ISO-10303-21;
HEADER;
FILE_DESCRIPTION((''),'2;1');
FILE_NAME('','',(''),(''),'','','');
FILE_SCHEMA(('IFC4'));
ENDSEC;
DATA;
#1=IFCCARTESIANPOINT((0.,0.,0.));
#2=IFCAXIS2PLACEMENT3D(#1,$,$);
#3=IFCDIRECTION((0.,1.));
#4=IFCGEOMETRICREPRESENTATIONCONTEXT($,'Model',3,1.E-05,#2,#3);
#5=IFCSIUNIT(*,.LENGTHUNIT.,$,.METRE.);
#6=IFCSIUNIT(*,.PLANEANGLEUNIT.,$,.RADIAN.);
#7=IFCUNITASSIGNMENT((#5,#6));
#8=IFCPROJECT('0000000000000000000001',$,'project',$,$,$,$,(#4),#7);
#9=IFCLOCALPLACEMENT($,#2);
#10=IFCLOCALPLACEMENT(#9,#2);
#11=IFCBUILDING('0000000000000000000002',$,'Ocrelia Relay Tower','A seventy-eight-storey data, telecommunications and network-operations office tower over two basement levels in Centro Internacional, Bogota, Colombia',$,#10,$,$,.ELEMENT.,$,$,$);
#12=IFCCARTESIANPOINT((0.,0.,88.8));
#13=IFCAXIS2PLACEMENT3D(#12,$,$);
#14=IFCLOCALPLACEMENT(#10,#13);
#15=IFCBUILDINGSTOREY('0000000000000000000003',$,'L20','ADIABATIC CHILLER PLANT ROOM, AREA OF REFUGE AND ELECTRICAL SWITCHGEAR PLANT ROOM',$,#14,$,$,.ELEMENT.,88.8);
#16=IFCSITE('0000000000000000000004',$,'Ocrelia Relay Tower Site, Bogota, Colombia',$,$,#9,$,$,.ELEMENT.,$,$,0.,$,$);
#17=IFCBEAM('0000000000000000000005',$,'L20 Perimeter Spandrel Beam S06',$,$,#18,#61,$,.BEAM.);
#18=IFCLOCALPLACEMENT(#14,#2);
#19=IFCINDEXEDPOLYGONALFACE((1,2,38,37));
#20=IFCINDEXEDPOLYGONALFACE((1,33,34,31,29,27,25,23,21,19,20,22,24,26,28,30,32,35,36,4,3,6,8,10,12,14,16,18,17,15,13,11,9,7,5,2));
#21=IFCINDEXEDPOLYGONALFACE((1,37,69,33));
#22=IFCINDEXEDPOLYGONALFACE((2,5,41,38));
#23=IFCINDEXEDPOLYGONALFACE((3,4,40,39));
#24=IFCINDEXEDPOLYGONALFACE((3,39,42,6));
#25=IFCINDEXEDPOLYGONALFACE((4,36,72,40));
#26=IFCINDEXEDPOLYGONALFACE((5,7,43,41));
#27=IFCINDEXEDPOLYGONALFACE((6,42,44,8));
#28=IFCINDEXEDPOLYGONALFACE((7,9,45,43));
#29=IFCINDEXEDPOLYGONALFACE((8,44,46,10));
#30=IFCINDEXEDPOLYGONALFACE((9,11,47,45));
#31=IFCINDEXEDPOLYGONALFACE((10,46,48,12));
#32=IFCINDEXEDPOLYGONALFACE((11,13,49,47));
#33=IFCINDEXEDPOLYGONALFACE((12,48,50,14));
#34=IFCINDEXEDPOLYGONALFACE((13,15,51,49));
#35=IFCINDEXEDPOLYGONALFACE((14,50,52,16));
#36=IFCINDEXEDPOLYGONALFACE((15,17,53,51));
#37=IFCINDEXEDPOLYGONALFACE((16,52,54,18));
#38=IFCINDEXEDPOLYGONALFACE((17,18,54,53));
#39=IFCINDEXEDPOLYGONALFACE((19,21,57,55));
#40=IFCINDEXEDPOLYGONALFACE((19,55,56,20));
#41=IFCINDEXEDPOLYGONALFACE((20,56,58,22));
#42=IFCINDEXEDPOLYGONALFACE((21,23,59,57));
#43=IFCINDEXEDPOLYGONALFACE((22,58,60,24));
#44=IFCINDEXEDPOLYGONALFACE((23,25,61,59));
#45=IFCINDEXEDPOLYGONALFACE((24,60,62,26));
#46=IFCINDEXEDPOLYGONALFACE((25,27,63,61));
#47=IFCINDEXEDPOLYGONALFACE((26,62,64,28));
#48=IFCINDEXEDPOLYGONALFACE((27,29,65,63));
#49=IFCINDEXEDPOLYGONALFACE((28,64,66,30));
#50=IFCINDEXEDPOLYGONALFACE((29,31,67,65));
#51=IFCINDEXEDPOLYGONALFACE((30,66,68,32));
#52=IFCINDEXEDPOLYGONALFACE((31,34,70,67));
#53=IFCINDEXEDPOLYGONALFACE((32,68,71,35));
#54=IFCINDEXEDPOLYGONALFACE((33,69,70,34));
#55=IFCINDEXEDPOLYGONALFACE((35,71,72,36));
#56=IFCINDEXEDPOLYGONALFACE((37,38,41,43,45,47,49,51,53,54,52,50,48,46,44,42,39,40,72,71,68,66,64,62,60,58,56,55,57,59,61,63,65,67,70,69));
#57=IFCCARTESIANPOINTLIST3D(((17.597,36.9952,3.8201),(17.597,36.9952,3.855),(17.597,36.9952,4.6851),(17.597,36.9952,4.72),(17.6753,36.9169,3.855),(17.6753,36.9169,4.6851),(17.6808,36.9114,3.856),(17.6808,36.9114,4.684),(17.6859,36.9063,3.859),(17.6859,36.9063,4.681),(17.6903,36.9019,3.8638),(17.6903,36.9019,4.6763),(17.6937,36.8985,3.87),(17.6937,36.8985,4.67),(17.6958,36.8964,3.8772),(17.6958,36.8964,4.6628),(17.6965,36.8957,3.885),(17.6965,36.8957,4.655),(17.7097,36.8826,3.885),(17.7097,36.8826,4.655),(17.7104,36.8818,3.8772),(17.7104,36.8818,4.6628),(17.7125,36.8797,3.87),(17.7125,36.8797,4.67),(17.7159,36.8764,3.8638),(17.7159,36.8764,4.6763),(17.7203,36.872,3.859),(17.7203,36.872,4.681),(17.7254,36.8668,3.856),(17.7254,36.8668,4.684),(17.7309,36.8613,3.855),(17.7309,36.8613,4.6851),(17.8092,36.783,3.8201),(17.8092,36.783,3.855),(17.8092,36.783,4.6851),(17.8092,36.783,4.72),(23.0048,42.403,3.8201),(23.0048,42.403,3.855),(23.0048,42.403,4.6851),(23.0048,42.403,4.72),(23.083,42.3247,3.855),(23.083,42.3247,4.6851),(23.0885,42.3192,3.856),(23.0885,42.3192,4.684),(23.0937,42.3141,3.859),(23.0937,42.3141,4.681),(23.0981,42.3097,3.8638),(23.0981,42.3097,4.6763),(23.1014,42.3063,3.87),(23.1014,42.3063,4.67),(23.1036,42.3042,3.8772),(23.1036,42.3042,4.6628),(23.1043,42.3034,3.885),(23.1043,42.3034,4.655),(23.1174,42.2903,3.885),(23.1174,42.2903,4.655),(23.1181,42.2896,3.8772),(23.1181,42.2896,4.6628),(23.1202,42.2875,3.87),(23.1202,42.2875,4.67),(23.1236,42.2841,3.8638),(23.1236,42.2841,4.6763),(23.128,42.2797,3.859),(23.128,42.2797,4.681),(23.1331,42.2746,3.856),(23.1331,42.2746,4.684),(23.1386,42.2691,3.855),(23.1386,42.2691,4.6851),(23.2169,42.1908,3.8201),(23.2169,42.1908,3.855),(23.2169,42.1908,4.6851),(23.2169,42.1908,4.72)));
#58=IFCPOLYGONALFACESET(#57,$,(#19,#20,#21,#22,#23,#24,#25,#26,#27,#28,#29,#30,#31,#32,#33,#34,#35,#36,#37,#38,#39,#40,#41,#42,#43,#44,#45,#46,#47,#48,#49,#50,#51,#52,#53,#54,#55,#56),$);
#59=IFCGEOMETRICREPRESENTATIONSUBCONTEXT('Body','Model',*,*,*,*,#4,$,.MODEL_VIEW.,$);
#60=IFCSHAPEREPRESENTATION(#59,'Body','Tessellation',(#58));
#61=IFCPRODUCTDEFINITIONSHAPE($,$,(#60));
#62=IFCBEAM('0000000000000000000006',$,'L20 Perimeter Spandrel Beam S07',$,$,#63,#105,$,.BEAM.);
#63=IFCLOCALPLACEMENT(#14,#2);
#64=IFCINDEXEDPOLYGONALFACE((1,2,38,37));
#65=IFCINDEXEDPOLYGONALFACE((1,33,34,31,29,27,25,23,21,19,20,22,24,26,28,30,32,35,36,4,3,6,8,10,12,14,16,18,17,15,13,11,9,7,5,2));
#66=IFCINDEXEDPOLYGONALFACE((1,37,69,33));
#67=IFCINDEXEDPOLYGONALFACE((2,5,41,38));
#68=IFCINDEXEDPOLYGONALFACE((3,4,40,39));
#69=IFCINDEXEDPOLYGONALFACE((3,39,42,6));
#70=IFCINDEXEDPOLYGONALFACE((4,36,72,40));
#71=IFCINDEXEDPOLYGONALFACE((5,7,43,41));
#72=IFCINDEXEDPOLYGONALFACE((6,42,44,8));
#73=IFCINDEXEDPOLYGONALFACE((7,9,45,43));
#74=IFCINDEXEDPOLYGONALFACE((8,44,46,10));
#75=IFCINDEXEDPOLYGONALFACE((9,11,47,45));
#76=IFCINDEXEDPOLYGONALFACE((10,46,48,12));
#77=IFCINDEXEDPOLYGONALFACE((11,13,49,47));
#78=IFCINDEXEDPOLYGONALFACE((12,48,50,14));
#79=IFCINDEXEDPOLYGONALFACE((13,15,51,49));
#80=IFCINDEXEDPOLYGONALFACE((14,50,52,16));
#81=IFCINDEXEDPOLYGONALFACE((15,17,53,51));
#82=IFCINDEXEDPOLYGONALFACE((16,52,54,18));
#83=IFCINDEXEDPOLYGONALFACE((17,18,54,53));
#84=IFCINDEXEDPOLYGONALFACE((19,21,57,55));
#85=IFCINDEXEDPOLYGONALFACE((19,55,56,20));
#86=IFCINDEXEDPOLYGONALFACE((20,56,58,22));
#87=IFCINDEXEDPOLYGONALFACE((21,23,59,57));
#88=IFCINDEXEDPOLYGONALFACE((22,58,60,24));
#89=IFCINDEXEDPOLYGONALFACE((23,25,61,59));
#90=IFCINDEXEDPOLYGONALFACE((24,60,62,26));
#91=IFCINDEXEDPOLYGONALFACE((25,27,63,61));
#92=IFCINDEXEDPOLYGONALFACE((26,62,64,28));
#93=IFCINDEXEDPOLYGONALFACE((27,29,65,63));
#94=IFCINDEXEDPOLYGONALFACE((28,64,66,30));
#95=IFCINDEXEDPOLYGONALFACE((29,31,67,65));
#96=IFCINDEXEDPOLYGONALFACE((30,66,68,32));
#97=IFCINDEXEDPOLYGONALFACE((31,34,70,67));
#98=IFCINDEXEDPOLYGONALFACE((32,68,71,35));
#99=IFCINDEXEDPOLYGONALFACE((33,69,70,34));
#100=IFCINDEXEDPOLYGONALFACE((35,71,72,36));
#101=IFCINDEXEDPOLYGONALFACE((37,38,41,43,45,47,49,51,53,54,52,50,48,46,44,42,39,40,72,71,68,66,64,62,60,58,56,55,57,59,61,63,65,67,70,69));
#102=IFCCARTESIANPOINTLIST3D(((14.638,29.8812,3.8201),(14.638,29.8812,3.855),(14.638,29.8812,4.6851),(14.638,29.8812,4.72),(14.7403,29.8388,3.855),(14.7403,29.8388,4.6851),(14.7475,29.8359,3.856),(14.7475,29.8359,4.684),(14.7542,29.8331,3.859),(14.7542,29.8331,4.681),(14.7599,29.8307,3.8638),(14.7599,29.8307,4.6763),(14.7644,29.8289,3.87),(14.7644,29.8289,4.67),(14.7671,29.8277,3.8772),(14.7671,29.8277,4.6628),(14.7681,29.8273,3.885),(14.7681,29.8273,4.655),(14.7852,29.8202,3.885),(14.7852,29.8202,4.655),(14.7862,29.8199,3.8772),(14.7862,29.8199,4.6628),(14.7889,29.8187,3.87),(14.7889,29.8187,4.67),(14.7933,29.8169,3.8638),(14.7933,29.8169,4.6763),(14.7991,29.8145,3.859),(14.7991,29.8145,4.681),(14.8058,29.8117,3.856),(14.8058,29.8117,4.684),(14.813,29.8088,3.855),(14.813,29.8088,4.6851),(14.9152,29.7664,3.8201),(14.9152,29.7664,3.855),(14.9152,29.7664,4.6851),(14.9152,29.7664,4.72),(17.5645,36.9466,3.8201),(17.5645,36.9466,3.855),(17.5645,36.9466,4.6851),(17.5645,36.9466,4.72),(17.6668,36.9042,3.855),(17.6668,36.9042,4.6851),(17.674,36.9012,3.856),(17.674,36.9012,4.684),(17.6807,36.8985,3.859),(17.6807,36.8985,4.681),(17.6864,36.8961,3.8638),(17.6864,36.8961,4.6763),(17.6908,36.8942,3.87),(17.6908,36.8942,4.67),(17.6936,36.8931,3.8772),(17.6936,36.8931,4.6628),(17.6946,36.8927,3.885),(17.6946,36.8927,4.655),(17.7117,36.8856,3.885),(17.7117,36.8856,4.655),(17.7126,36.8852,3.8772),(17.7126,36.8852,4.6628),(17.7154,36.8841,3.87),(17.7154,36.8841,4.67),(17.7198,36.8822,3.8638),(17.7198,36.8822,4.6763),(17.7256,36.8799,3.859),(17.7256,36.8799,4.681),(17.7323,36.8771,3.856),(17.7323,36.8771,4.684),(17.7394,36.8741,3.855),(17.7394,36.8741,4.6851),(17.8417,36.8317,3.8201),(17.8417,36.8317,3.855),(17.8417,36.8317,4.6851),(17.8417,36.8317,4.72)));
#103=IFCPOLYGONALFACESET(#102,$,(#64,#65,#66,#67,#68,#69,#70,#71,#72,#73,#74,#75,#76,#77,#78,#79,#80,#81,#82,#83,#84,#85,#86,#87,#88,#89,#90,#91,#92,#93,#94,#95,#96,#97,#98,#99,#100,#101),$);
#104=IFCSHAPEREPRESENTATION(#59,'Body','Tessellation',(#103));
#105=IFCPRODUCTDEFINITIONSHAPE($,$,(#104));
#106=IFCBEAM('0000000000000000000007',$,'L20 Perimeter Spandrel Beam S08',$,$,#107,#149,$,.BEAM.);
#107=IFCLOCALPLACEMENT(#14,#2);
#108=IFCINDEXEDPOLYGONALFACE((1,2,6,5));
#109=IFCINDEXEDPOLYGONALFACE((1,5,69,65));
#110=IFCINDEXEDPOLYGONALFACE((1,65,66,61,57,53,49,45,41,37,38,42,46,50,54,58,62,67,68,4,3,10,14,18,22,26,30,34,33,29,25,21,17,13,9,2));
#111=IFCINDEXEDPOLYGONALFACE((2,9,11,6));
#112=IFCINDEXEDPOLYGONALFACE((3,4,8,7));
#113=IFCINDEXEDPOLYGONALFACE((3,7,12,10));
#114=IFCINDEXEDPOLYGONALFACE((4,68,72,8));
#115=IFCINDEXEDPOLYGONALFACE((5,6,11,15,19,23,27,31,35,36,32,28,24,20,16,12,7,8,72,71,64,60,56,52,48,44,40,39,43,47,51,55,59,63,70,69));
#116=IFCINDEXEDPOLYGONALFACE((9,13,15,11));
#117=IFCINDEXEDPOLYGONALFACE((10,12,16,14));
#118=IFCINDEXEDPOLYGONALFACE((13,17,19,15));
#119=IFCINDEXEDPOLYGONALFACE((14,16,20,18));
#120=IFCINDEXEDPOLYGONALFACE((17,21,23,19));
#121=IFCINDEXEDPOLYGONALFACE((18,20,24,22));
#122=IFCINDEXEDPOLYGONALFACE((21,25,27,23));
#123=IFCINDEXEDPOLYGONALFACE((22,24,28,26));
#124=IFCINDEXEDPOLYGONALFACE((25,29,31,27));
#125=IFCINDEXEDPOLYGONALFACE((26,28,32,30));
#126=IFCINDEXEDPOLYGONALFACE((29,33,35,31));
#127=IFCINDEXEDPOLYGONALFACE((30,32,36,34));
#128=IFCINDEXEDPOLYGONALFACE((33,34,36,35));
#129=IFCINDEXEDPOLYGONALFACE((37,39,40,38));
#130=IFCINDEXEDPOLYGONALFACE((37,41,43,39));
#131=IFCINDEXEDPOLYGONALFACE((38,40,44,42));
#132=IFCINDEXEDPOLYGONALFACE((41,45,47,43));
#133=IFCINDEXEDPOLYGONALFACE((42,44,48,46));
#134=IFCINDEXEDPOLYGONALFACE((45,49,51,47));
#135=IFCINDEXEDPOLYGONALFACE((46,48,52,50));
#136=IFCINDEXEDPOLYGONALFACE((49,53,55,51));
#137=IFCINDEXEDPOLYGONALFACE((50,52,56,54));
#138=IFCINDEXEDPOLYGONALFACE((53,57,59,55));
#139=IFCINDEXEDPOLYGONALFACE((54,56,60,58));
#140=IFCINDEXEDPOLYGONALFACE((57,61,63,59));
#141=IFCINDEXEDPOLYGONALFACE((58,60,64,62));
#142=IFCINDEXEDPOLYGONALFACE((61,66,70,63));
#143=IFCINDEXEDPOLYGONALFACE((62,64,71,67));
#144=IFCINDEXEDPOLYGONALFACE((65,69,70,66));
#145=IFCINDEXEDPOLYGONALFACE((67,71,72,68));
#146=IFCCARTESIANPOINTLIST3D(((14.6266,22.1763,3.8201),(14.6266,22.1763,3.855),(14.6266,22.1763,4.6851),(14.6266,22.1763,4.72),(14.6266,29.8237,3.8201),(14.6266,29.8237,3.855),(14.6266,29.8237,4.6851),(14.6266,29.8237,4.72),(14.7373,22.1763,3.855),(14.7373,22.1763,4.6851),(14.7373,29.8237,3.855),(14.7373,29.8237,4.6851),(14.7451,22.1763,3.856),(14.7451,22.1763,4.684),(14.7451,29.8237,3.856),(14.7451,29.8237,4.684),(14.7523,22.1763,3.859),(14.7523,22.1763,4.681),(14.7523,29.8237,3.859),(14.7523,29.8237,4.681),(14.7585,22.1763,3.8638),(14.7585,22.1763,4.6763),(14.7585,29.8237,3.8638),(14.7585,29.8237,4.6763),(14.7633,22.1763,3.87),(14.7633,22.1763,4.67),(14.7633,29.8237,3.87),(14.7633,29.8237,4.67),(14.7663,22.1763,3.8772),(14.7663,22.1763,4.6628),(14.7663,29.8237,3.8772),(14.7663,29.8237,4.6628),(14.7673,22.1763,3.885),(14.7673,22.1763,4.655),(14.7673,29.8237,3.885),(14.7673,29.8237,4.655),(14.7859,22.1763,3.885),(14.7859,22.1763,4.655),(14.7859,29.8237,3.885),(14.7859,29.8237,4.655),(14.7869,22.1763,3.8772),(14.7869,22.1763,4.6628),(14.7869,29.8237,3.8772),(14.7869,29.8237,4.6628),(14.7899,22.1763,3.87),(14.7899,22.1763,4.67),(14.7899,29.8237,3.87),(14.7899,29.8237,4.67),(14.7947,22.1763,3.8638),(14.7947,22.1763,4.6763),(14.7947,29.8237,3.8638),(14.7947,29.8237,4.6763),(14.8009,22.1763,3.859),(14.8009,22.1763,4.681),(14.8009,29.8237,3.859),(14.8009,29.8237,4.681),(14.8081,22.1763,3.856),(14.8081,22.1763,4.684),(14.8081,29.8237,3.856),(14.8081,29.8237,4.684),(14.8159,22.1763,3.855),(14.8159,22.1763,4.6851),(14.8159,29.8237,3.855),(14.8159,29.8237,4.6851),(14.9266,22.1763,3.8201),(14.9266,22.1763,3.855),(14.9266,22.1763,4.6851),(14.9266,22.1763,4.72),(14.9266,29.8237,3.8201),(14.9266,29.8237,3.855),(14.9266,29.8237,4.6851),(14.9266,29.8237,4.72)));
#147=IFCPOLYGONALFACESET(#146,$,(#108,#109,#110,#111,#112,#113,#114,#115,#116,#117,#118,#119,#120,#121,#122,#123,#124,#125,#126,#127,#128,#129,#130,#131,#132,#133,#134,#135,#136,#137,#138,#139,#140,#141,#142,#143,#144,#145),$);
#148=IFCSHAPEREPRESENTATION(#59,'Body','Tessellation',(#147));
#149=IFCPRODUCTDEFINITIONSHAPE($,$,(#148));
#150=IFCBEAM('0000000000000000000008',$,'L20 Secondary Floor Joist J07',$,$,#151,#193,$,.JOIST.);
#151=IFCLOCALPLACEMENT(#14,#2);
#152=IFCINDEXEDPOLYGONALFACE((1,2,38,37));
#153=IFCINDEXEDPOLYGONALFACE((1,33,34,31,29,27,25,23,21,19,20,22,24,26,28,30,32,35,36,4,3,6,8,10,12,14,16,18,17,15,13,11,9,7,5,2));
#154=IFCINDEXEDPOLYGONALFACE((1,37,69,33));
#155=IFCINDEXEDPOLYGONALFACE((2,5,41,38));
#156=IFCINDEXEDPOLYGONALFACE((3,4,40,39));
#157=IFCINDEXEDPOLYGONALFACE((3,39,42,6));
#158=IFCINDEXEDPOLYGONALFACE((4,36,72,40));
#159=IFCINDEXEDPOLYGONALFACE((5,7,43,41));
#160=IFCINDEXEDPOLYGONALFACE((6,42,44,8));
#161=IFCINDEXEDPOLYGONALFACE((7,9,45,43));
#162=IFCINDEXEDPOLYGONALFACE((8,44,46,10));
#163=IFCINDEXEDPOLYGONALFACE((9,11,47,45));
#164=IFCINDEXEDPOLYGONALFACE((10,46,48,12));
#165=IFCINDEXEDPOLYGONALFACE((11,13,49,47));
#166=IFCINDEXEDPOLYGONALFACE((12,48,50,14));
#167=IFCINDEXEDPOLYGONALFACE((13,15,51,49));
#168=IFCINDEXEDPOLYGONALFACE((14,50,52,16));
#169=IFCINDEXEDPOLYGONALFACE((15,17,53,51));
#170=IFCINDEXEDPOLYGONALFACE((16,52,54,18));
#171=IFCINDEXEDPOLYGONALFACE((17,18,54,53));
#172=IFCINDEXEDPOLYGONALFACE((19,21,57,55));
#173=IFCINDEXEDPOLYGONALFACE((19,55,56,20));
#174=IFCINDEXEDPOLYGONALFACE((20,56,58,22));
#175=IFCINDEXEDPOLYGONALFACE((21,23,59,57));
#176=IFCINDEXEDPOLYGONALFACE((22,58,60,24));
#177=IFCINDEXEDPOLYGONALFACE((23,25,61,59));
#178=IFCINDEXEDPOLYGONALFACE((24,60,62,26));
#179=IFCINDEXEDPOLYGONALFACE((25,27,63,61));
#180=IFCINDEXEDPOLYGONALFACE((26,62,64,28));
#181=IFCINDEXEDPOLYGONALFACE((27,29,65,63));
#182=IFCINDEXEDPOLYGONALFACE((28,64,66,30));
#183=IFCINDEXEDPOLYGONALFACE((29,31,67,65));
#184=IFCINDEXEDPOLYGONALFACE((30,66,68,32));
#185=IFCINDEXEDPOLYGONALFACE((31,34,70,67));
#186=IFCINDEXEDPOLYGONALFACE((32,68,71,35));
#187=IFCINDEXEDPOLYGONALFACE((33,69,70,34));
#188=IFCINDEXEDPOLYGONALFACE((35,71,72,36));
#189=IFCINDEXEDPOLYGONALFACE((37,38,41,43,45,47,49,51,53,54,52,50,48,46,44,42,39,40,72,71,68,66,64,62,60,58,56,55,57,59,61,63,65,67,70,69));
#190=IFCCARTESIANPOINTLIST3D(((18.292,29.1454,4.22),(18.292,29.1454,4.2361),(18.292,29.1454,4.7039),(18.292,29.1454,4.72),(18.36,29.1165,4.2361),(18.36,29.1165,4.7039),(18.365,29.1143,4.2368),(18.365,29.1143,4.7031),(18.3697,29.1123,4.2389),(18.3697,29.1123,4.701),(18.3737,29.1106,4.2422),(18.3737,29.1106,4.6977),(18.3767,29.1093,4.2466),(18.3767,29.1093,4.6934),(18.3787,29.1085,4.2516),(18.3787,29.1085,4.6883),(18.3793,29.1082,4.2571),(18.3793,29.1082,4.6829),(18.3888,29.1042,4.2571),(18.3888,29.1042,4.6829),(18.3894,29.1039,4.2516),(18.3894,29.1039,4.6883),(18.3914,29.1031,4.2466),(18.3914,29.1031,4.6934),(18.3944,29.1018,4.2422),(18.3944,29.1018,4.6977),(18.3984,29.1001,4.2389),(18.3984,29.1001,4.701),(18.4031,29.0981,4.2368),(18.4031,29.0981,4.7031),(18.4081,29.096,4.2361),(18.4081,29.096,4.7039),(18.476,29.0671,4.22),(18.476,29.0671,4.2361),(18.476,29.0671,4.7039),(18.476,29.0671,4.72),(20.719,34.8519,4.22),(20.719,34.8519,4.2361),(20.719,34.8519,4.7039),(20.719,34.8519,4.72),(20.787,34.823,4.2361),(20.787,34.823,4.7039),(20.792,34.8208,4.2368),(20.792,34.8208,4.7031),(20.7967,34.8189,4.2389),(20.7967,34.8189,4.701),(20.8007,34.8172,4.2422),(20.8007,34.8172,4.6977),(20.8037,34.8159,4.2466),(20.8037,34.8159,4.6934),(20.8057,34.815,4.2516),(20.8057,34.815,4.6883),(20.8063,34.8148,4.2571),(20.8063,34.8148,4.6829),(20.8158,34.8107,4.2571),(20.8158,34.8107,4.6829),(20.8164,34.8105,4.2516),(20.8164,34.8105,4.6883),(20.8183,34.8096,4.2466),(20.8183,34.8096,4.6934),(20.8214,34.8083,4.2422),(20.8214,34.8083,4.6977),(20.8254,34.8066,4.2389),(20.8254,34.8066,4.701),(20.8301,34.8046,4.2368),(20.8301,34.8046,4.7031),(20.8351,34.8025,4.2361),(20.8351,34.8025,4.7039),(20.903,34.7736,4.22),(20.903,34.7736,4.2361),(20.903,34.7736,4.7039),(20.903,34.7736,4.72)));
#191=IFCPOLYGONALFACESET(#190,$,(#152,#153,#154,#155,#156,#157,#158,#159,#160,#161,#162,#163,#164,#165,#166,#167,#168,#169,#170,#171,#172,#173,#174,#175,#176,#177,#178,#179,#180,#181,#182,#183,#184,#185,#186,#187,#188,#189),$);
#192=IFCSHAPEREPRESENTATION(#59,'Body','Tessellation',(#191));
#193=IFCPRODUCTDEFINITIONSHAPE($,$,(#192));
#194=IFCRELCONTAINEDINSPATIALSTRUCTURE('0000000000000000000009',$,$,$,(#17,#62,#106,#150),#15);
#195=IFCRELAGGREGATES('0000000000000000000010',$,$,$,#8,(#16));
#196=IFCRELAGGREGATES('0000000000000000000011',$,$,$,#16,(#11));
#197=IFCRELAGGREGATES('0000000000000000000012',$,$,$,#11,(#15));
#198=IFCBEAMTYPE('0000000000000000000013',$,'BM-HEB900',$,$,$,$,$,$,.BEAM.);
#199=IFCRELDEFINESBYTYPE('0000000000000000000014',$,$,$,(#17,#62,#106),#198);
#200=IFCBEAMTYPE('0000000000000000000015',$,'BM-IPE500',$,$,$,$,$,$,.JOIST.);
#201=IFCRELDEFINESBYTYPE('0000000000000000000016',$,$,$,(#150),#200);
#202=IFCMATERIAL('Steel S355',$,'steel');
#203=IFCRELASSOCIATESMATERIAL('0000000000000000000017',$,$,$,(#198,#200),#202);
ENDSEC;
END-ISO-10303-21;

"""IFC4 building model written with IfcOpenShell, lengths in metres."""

from ifc_helpers import new_model, si_unit, direction, frame, origin, origin_2d, place, context, subcontext, project, spatial, i_section, extrude, material, material_profile, profile_set, type_object, element, save


model = new_model("IFC4")

# Units and contexts
model_context = context("Model", 3, precision=1e-05, world=origin(), true_north=direction((0.0, 1.0)))
body_context = subcontext(model_context, "Body", "Model", "MODEL_VIEW")
ifc_project = project(units=[si_unit("LENGTHUNIT", "METRE"), si_unit("PLANEANGLEUNIT", "RADIAN")], contexts=[model_context])

# Site, building, storey
site_placement = place(None, origin())
site = spatial("IfcSite", under=ifc_project, at=site_placement, Name="Ocrelia Relay Tower Site, Bogota, Colombia", CompositionType="ELEMENT", RefElevation=0.0)
building_placement = place(site_placement, origin())
building = spatial("IfcBuilding", under=site, at=building_placement, Name="Ocrelia Relay Tower", Description="A seventy-eight-storey data, telecommunications and network-operations office tower over two basement levels in Centro Internacional, Bogota, Colombia", CompositionType="ELEMENT")
storey_placement = place(building_placement, frame((0.0, 0.0, 88.8)))
storey = spatial("IfcBuildingStorey", under=building, at=storey_placement, Name="L20", Description="ADIABATIC CHILLER PLANT ROOM, AREA OF REFUGE AND ELECTRICAL SWITCHGEAR PLANT ROOM", CompositionType="ELEMENT", Elevation=88.8)

# Beams
ifc_material_1 = material(Name="Steel S355", Category="steel")
ifc_material_profile_1 = material_profile(ifc_material_1, i_section(OverallWidth=0.3, OverallDepth=0.8999, WebThickness=0.0186, FlangeThickness=0.0349, FilletRadius=0.03, at=origin_2d()), Name="HEB 900")
ifc_profile_set_1 = profile_set([ifc_material_profile_1], Name="Steel S355")
beam_type_1 = type_object("IfcBeamType", Name="BM-HEB900", PredefinedType="BEAM", material=ifc_profile_set_1)
beam_1_placement = place(storey_placement, frame((23.1108, 42.2969, 4.27), z_axis=(-0.707107, -0.707107, 0.0), x_axis=(0.707107, -0.707107, 0.0)))
element("IfcBeam", 1, at=beam_1_placement, inside=storey, type_object=beam_type_1, Name="L20 Perimeter Spandrel Beam S06", PredefinedType="BEAM", context=body_context, shape_type="SweptSolid", body=[
    extrude(i_section(OverallWidth=0.3, OverallDepth=0.8999, WebThickness=0.0186, FlangeThickness=0.0349, FilletRadius=0.03, at=origin_2d()), origin(), (0.0, 0.0, 1.0), 7.6477),
])
for number, where, z_axis, x_axis, name in (
    (2, (17.7031, 36.8892, 4.27), (-0.382674, -0.923883, 0.0), (0.923883, -0.382674, 0.0), "L20 Perimeter Spandrel Beam S07"),
    (3, (14.7766, 29.8237, 4.27), (0.0, -1.0, 0.0), (1.0, 0.0, 0.0), "L20 Perimeter Spandrel Beam S08"),
):
    element("IfcBeam", number, at=place(storey_placement, frame(where, z_axis=z_axis, x_axis=x_axis)), inside=storey, type_object=beam_type_1, Name=name, PredefinedType="BEAM", context=body_context, shape_type="SweptSolid", body=[
        extrude(i_section(OverallWidth=0.3, OverallDepth=0.8999, WebThickness=0.0186, FlangeThickness=0.0349, FilletRadius=0.03, at=origin_2d()), origin(), (0.0, 0.0, 1.0), 7.6475),
    ])
ifc_material_profile_2 = material_profile(ifc_material_1, i_section(OverallWidth=0.2, OverallDepth=0.5, WebThickness=0.0103, FlangeThickness=0.0161, FilletRadius=0.021, at=origin_2d()), Name="IPE 500")
ifc_profile_set_2 = profile_set([ifc_material_profile_2], Name="Steel S355")
beam_type_2 = type_object("IfcBeamType", Name="BM-IPE500", PredefinedType="JOIST", material=ifc_profile_set_2)
beam_2_placement = place(storey_placement, frame((20.811, 34.8127, 4.47), z_axis=(-0.391376, -0.920231, 0.0), x_axis=(0.920231, -0.391376, 0.0)))
element("IfcBeam", 4, at=beam_2_placement, inside=storey, type_object=beam_type_2, Name="L20 Secondary Floor Joist J07", PredefinedType="JOIST", context=body_context, shape_type="SweptSolid", body=[
    extrude(i_section(OverallWidth=0.2, OverallDepth=0.5, WebThickness=0.0103, FlangeThickness=0.0161, FilletRadius=0.021, at=origin_2d()), origin(), (0.0, 0.0, 1.0), 6.2012),
])

save(model, "model.ifc")
